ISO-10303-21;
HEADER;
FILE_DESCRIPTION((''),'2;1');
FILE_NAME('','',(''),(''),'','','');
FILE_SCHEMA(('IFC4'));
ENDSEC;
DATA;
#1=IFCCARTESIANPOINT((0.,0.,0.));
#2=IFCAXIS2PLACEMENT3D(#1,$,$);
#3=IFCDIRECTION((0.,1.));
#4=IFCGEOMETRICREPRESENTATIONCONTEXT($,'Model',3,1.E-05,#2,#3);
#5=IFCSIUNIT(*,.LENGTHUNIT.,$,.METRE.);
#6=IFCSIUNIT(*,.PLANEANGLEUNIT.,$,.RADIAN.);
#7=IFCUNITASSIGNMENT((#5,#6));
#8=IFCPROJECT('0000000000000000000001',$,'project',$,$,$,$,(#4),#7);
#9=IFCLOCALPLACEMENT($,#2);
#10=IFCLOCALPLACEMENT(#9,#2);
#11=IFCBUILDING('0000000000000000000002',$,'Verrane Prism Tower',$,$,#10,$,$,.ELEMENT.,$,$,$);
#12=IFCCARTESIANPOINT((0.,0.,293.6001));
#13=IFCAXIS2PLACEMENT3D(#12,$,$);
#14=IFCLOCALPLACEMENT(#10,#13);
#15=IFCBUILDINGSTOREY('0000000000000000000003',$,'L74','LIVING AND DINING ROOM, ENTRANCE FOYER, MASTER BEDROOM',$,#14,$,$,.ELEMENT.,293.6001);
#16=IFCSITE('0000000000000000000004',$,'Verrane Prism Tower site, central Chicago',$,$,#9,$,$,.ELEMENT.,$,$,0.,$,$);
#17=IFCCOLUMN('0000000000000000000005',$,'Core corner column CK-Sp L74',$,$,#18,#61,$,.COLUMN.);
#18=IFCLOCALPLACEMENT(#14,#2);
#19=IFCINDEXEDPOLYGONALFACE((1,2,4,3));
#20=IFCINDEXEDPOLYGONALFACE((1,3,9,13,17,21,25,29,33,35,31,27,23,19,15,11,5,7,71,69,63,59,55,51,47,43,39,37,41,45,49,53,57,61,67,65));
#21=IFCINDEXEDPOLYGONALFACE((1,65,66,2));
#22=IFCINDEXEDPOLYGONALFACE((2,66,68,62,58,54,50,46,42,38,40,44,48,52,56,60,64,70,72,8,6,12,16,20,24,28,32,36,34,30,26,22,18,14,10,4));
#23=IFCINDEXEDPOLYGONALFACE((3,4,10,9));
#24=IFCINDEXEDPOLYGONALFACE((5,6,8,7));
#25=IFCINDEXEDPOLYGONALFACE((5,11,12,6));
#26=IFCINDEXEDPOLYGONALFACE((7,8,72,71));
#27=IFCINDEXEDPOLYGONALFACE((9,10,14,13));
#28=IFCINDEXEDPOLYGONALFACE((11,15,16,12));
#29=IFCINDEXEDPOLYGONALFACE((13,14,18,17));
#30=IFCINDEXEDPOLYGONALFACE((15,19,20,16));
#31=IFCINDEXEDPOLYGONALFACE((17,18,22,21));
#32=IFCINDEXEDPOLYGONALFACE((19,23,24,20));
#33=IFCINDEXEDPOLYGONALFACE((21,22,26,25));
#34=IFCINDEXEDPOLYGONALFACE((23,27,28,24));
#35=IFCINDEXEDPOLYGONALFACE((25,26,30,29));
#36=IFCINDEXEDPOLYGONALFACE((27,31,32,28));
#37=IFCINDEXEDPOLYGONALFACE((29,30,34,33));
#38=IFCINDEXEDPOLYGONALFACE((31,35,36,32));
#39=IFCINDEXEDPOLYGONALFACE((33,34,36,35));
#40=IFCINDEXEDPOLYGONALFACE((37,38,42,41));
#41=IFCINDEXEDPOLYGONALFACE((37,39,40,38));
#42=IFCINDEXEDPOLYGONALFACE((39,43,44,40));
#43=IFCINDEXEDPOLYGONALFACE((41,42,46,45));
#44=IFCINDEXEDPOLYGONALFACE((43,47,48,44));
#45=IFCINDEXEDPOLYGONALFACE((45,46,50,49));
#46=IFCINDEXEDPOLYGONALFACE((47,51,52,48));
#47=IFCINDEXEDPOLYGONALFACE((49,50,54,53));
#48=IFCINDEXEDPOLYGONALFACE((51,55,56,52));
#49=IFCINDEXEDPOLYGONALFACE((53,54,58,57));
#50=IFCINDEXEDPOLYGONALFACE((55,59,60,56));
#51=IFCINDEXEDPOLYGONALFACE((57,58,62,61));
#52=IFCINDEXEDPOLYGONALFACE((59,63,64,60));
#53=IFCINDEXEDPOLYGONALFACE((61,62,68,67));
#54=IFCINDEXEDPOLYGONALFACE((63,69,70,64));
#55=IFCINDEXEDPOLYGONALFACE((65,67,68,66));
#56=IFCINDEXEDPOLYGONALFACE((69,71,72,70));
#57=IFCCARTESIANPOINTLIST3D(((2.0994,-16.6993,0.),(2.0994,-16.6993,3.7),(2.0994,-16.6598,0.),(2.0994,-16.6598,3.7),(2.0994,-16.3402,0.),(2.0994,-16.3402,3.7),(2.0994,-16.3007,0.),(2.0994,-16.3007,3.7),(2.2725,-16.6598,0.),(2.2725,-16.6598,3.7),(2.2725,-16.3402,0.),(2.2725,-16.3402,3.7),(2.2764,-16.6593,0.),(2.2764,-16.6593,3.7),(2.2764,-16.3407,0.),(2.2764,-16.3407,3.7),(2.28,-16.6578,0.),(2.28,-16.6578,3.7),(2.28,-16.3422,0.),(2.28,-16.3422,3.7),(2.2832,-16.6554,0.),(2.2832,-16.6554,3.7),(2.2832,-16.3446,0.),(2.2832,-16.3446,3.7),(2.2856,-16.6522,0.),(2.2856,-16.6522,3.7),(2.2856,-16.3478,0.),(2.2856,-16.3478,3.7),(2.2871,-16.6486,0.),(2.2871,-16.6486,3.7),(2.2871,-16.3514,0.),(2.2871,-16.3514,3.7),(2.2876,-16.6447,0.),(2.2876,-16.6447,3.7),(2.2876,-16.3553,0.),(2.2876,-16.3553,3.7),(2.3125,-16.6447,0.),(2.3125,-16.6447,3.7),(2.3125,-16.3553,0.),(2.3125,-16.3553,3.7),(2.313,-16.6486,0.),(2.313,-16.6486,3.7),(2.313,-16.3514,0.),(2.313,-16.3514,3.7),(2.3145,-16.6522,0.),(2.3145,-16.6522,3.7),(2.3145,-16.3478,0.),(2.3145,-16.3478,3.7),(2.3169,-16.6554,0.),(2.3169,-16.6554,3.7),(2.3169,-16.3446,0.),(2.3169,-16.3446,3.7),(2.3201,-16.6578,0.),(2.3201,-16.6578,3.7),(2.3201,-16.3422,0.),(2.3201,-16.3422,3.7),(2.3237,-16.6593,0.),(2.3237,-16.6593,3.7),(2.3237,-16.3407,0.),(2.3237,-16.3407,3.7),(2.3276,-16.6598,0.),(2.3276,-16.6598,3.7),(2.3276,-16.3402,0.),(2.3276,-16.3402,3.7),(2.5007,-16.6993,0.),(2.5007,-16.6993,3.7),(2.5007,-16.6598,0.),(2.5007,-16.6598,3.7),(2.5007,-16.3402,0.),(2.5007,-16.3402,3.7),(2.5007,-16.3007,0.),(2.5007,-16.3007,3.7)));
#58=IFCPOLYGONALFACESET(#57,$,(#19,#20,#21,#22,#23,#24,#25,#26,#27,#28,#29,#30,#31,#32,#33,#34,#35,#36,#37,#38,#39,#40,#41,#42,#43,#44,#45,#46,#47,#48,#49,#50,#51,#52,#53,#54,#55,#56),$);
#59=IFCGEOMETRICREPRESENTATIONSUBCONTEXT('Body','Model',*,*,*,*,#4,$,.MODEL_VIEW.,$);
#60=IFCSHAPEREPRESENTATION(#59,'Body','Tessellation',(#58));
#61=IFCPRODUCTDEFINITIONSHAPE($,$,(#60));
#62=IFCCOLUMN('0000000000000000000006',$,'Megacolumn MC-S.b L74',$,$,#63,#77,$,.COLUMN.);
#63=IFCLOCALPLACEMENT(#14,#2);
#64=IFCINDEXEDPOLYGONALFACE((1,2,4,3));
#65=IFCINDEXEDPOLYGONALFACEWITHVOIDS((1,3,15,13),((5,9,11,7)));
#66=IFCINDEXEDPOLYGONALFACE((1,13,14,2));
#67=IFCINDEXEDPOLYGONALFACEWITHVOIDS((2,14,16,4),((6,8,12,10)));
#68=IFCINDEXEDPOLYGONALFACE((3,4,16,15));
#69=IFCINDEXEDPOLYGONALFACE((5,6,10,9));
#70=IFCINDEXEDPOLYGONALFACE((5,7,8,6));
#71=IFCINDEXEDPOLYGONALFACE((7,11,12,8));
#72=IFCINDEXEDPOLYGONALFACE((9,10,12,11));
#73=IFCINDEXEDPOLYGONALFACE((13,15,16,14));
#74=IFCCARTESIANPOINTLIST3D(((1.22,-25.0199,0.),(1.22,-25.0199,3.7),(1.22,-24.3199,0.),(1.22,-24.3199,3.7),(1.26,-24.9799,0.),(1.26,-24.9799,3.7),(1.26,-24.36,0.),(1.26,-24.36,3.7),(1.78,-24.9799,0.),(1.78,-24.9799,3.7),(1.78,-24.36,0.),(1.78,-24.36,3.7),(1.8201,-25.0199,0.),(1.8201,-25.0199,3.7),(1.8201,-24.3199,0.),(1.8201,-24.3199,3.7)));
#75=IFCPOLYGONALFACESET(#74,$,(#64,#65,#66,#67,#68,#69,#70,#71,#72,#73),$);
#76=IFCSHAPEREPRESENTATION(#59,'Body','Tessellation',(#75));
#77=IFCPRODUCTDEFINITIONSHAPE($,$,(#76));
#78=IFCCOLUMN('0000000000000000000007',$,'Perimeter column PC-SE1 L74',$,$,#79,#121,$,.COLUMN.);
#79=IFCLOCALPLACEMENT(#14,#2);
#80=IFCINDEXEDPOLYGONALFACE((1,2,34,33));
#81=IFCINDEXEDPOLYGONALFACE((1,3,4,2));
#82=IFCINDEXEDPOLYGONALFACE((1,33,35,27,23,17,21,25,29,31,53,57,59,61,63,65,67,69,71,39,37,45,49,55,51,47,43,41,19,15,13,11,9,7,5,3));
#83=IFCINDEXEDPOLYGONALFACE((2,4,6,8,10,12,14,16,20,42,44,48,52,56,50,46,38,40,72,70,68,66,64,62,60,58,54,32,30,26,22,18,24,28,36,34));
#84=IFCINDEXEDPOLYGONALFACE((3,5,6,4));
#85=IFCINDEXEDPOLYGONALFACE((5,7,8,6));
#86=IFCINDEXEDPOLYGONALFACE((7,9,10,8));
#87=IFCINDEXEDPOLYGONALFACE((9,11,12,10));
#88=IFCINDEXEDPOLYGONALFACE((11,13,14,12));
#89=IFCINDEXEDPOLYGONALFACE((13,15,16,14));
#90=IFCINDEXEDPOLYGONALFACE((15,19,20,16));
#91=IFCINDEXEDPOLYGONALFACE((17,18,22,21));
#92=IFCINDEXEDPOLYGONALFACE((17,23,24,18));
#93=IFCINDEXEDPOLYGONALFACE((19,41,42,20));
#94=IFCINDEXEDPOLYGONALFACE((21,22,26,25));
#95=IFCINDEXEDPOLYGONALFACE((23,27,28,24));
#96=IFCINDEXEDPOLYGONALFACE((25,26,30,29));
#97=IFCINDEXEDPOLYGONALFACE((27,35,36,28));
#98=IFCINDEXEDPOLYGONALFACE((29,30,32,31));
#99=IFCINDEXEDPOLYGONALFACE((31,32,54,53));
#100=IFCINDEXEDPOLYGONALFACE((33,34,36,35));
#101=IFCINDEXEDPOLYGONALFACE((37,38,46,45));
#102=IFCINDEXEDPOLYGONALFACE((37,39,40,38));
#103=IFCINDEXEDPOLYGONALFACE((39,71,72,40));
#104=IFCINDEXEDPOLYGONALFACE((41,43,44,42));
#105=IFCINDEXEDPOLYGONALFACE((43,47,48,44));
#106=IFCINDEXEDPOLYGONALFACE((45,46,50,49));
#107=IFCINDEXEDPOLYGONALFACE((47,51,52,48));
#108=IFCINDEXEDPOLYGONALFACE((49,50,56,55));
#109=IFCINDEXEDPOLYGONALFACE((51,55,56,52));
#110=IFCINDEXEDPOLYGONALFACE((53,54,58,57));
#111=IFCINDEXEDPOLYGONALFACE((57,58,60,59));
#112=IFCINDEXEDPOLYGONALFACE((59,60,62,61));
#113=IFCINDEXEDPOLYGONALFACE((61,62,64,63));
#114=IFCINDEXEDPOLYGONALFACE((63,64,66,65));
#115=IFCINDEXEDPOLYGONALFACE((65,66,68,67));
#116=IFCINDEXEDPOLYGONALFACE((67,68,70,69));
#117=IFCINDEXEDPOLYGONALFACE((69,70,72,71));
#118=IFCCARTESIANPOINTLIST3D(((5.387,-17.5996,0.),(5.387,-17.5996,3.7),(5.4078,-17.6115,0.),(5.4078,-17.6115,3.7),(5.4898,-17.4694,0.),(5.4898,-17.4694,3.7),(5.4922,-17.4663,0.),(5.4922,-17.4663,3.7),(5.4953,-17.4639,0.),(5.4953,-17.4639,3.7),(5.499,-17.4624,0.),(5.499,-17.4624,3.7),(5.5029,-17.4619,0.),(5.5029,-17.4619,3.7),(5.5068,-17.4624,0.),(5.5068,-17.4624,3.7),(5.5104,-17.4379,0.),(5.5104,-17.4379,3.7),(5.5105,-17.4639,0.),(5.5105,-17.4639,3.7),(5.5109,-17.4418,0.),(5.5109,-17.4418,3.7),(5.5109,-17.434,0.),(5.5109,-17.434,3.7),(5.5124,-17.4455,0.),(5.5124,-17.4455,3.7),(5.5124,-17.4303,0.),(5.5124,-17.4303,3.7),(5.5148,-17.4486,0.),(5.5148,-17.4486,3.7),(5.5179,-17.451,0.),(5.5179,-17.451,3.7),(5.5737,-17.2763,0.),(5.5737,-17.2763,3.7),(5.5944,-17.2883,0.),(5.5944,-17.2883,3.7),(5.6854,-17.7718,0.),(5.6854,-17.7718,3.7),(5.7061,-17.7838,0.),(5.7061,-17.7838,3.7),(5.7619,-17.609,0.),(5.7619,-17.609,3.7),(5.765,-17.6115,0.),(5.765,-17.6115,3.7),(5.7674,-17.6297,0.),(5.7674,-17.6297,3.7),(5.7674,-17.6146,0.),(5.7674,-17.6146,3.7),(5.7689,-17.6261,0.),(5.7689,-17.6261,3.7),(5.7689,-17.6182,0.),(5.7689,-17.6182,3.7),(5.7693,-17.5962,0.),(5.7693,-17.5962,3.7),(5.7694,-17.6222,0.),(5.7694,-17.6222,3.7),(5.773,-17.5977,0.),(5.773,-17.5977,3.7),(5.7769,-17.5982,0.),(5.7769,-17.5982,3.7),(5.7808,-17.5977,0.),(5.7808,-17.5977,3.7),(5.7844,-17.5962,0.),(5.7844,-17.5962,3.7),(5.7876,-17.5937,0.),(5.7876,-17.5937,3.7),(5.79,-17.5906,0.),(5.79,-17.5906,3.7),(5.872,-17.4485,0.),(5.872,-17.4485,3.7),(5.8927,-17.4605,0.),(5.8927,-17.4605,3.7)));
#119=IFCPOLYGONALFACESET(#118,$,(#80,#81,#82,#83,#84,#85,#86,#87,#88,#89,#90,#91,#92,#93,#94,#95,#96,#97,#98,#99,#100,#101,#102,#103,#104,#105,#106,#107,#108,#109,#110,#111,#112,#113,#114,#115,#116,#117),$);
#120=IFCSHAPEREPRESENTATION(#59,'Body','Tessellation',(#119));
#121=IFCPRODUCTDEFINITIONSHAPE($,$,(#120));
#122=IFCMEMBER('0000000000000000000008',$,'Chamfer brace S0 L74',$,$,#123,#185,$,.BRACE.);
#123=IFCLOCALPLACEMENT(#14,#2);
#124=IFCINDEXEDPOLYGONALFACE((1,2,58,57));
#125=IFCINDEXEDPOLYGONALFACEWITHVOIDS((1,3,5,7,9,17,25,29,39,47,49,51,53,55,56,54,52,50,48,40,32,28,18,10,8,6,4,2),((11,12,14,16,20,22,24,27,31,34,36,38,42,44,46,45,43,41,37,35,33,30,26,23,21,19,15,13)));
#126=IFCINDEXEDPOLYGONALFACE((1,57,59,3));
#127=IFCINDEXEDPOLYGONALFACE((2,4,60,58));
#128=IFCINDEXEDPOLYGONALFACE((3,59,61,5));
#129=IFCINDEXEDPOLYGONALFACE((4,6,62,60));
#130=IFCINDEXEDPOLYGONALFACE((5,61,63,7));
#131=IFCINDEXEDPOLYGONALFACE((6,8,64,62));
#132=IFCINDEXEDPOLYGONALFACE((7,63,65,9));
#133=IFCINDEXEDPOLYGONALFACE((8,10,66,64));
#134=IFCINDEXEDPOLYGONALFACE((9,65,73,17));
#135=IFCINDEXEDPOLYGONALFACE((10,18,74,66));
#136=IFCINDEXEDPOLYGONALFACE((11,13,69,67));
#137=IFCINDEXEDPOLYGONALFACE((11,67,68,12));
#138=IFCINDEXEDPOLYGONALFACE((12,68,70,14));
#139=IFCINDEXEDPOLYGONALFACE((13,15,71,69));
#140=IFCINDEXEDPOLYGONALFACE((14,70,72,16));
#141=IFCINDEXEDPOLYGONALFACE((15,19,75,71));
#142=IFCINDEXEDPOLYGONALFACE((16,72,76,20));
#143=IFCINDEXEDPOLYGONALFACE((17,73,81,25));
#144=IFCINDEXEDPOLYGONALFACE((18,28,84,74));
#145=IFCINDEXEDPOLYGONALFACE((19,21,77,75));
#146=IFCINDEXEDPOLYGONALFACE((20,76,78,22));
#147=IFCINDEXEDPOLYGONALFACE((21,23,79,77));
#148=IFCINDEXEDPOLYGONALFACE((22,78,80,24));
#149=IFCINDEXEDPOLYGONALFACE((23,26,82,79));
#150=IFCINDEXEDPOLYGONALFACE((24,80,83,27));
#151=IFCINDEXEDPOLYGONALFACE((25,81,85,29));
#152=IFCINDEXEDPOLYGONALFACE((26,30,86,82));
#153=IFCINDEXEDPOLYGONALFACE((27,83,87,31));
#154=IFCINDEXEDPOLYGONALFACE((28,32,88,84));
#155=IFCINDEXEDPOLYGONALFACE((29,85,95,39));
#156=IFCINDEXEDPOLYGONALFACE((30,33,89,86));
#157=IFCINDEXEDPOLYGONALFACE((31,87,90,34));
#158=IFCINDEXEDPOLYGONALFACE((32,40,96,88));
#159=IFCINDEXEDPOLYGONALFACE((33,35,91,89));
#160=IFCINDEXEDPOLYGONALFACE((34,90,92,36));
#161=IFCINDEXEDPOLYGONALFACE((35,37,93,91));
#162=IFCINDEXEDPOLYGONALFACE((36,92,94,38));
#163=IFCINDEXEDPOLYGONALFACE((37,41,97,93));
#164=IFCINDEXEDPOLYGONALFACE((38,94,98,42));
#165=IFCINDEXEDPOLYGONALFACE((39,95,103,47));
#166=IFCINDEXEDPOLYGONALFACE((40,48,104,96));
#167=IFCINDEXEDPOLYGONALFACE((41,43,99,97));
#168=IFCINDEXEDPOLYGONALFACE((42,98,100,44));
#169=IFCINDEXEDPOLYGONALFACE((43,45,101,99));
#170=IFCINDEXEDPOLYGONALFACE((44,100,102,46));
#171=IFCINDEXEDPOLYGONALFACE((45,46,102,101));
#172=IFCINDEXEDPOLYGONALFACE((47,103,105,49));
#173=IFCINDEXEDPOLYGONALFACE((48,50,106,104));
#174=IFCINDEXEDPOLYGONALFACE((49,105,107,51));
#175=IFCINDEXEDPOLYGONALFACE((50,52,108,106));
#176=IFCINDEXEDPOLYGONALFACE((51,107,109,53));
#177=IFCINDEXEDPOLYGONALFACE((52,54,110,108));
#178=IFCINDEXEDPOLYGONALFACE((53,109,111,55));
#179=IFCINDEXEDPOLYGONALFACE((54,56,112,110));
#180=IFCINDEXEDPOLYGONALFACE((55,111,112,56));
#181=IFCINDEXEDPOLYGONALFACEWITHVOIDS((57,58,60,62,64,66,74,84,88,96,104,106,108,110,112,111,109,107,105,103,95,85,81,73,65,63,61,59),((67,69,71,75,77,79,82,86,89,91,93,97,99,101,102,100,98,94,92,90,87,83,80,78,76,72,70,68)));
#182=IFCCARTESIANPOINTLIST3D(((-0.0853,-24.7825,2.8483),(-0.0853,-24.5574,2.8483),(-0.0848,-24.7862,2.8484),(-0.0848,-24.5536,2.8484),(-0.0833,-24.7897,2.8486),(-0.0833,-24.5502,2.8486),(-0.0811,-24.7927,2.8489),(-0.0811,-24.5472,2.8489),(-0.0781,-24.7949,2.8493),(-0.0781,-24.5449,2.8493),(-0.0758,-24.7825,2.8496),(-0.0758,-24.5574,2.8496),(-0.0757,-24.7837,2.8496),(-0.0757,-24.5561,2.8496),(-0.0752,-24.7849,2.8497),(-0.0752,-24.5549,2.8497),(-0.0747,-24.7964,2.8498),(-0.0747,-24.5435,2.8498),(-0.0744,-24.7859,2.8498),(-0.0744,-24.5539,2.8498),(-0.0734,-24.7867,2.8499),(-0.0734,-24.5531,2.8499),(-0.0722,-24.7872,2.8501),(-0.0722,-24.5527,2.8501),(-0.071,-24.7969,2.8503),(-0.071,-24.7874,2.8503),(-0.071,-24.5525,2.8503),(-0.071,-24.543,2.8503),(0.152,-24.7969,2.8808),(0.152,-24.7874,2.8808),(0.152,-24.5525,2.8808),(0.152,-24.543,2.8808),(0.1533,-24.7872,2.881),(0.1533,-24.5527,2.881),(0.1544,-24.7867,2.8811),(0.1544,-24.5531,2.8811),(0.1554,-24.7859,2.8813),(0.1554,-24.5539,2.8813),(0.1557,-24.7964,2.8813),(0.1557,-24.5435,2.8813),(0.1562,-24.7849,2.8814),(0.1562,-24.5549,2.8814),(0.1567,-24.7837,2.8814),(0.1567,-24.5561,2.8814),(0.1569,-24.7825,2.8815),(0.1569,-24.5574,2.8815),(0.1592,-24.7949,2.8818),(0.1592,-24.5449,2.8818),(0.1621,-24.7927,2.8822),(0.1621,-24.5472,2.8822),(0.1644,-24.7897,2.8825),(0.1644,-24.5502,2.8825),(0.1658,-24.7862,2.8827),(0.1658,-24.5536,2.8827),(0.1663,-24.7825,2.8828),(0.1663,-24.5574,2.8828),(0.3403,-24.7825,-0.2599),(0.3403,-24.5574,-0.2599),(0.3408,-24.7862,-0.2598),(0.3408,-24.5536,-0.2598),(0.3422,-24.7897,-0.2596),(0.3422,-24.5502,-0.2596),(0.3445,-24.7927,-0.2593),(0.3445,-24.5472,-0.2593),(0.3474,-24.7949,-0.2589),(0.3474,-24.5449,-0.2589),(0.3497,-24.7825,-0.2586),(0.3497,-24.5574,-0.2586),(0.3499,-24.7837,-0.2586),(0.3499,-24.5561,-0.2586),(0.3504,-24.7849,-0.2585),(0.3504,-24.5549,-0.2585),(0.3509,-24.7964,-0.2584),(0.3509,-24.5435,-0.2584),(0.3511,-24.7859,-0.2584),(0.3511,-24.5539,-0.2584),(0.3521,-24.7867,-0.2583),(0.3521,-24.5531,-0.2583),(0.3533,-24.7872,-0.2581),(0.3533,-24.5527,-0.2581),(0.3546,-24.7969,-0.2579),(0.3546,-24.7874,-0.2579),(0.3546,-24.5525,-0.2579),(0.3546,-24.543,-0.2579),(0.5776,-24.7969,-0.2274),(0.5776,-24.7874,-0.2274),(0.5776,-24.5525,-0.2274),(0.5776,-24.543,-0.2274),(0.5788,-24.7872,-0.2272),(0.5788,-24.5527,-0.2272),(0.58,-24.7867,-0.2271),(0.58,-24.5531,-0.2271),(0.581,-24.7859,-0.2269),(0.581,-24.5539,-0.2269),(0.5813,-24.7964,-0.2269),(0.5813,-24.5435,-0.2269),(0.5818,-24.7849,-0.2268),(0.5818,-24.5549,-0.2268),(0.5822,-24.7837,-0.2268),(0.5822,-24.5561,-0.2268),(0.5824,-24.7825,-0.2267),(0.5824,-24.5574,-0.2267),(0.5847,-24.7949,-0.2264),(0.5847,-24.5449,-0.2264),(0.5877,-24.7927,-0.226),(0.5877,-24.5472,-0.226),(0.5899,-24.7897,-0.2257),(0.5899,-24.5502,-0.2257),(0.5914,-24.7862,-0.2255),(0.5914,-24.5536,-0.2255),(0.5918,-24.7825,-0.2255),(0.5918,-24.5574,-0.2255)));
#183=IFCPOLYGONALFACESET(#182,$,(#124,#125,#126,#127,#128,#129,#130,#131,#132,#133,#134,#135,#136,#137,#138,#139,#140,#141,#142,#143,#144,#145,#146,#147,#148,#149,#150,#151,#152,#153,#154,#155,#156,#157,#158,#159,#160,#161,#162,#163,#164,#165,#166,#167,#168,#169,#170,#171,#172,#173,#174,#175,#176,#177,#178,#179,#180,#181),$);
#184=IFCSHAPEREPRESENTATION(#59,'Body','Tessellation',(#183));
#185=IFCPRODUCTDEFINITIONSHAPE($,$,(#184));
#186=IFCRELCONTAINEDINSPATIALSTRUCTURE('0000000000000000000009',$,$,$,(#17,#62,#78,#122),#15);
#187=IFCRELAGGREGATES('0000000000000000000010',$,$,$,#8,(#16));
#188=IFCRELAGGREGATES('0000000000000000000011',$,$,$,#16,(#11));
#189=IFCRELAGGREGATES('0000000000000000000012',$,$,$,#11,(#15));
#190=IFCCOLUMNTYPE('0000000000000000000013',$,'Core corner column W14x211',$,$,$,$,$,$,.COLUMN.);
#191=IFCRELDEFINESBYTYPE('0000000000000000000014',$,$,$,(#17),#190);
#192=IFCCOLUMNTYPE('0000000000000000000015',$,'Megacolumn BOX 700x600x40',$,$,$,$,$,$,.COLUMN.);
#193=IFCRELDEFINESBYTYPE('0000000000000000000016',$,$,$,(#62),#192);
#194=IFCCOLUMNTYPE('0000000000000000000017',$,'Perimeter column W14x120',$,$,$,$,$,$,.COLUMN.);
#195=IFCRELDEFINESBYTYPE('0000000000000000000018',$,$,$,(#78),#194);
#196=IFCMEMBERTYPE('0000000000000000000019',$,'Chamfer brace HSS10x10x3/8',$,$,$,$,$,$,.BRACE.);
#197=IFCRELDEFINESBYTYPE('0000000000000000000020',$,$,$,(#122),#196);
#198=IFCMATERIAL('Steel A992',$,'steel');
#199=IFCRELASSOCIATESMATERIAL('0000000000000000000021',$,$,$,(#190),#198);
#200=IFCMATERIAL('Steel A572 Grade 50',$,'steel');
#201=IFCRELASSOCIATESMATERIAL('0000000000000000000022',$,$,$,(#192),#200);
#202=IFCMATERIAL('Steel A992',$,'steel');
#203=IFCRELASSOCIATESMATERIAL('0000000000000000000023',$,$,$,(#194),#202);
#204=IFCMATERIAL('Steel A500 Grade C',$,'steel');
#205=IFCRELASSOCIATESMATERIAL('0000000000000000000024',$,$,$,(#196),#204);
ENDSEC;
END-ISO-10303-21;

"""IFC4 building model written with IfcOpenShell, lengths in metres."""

from ifc_helpers import new_model, si_unit, direction, frame, origin, origin_2d, place, context, subcontext, project, spatial, hollow_rectangle, i_section, extrude, material, material_profile, profile_set, type_object, element, save


model = new_model("IFC4")

# Units and contexts
model_context = context("Model", 3, precision=1e-05, world=origin(), true_north=direction((0.0, 1.0)))
body_context = subcontext(model_context, "Body", "Model", "MODEL_VIEW")
ifc_project = project(units=[si_unit("LENGTHUNIT", "METRE"), si_unit("PLANEANGLEUNIT", "RADIAN")], contexts=[model_context])

# Site, building, storey
site_placement = place(None, origin())
site = spatial("IfcSite", under=ifc_project, at=site_placement, Name="Verrane Prism Tower site, central Chicago", CompositionType="ELEMENT", RefElevation=0.0)
building_placement = place(site_placement, origin())
building = spatial("IfcBuilding", under=site, at=building_placement, Name="Verrane Prism Tower", CompositionType="ELEMENT")
storey_placement = place(building_placement, frame((0.0, 0.0, 293.6001)))
storey = spatial("IfcBuildingStorey", under=building, at=storey_placement, Name="L74", Description="LIVING AND DINING ROOM, ENTRANCE FOYER, MASTER BEDROOM", CompositionType="ELEMENT", Elevation=293.6001)

# Columns
ifc_material_1 = material(Name="Steel A992", Category="steel")
ifc_material_profile_1 = material_profile(ifc_material_1, i_section(OverallWidth=0.4014, OverallDepth=0.3987, WebThickness=0.0249, FlangeThickness=0.0396, FilletRadius=0.0151, at=origin_2d()), Name="W14x211")
ifc_profile_set_1 = profile_set([ifc_material_profile_1], Name="Steel A992")
column_type_1 = type_object("IfcColumnType", Name="Core corner column W14x211", PredefinedType="COLUMN", material=ifc_profile_set_1)
column_1_placement = place(storey_placement, frame((2.3, -16.5, 0.0), z_axis=(0.0, 0.0, 1.0), x_axis=(-1.0, 0.0, 0.0)))
element("IfcColumn", 1, at=column_1_placement, inside=storey, type_object=column_type_1, Name="Core corner column CK-Sp L74", PredefinedType="COLUMN", context=body_context, shape_type="SweptSolid", body=[
    extrude(i_section(OverallWidth=0.4014, OverallDepth=0.3987, WebThickness=0.0249, FlangeThickness=0.0396, FilletRadius=0.0151, at=origin_2d()), origin(), (0.0, 0.0, 1.0), 3.7),
])
ifc_material_2 = material(Name="Steel A572 Grade 50", Category="steel")
ifc_material_profile_2 = material_profile(ifc_material_2, hollow_rectangle(XDim=0.6001, YDim=0.7, WallThickness=0.04, at=origin_2d()), Name="BOX 700x600x40")
ifc_profile_set_2 = profile_set([ifc_material_profile_2], Name="Steel A572 Grade 50")
column_type_2 = type_object("IfcColumnType", Name="Megacolumn BOX 700x600x40", PredefinedType="COLUMN", material=ifc_profile_set_2)
column_2_placement = place(storey_placement, frame((1.52, -24.6699, 0.0), z_axis=(0.0, 0.0, 1.0), x_axis=(-1.0, 0.0, 0.0)))
element("IfcColumn", 2, at=column_2_placement, inside=storey, type_object=column_type_2, Name="Megacolumn MC-S.b L74", PredefinedType="COLUMN", context=body_context, shape_type="SweptSolid", body=[
    extrude(hollow_rectangle(XDim=0.6001, YDim=0.7, WallThickness=0.04, at=origin_2d()), origin(), (0.0, 0.0, 1.0), 3.7),
])
ifc_material_3 = material(Name="Steel A992", Category="steel")
ifc_material_profile_3 = material_profile(ifc_material_3, i_section(OverallWidth=0.3733, OverallDepth=0.3684, WebThickness=0.0149, FlangeThickness=0.0239, FilletRadius=0.0151, at=origin_2d()), Name="W14x120")
ifc_profile_set_3 = profile_set([ifc_material_profile_3], Name="Steel A992")
column_type_3 = type_object("IfcColumnType", Name="Perimeter column W14x120", PredefinedType="COLUMN", material=ifc_profile_set_3)
column_3_placement = place(storey_placement, frame((5.6399, -17.53, 0.0), z_axis=(0.0, 0.0, 1.0), x_axis=(-0.5, -0.866025, 0.0)))
element("IfcColumn", 3, at=column_3_placement, inside=storey, type_object=column_type_3, Name="Perimeter column PC-SE1 L74", PredefinedType="COLUMN", context=body_context, shape_type="SweptSolid", body=[
    extrude(i_section(OverallWidth=0.3733, OverallDepth=0.3684, WebThickness=0.0149, FlangeThickness=0.0239, FilletRadius=0.0151, at=origin_2d()), origin(), (0.0, 0.0, 1.0), 3.7),
])

# Member
ifc_material_4 = material(Name="Steel A500 Grade C", Category="steel")
ifc_material_profile_4 = material_profile(ifc_material_4, hollow_rectangle(XDim=0.2539, YDim=0.2539, WallThickness=0.0095, InnerFilletRadius=0.0049, OuterFilletRadius=0.0144, at=origin_2d()), Name="HSS10x10x3/8")
ifc_profile_set_4 = profile_set([ifc_material_profile_4], Name="Steel A500 Grade C")
member_type_1 = type_object("IfcMemberType", Name="Chamfer brace HSS10x10x3/8", PredefinedType="BRACE", material=ifc_profile_set_4)
member_1_placement = place(storey_placement, frame((0.4661, -24.6699, -0.2427), z_axis=(-0.135645, 0.0, 0.990758), x_axis=(0.0, -1.0, 0.0)))
element("IfcMember", 4, at=member_1_placement, inside=storey, type_object=member_type_1, Name="Chamfer brace S0 L74", PredefinedType="BRACE", context=body_context, shape_type="SweptSolid", body=[
    extrude(hollow_rectangle(XDim=0.2539, YDim=0.2539, WallThickness=0.0095, InnerFilletRadius=0.0049, OuterFilletRadius=0.0144, at=origin_2d()), origin(), (0.0, 0.0, 1.0), 3.1372),
])

save(model, "model.ifc")
